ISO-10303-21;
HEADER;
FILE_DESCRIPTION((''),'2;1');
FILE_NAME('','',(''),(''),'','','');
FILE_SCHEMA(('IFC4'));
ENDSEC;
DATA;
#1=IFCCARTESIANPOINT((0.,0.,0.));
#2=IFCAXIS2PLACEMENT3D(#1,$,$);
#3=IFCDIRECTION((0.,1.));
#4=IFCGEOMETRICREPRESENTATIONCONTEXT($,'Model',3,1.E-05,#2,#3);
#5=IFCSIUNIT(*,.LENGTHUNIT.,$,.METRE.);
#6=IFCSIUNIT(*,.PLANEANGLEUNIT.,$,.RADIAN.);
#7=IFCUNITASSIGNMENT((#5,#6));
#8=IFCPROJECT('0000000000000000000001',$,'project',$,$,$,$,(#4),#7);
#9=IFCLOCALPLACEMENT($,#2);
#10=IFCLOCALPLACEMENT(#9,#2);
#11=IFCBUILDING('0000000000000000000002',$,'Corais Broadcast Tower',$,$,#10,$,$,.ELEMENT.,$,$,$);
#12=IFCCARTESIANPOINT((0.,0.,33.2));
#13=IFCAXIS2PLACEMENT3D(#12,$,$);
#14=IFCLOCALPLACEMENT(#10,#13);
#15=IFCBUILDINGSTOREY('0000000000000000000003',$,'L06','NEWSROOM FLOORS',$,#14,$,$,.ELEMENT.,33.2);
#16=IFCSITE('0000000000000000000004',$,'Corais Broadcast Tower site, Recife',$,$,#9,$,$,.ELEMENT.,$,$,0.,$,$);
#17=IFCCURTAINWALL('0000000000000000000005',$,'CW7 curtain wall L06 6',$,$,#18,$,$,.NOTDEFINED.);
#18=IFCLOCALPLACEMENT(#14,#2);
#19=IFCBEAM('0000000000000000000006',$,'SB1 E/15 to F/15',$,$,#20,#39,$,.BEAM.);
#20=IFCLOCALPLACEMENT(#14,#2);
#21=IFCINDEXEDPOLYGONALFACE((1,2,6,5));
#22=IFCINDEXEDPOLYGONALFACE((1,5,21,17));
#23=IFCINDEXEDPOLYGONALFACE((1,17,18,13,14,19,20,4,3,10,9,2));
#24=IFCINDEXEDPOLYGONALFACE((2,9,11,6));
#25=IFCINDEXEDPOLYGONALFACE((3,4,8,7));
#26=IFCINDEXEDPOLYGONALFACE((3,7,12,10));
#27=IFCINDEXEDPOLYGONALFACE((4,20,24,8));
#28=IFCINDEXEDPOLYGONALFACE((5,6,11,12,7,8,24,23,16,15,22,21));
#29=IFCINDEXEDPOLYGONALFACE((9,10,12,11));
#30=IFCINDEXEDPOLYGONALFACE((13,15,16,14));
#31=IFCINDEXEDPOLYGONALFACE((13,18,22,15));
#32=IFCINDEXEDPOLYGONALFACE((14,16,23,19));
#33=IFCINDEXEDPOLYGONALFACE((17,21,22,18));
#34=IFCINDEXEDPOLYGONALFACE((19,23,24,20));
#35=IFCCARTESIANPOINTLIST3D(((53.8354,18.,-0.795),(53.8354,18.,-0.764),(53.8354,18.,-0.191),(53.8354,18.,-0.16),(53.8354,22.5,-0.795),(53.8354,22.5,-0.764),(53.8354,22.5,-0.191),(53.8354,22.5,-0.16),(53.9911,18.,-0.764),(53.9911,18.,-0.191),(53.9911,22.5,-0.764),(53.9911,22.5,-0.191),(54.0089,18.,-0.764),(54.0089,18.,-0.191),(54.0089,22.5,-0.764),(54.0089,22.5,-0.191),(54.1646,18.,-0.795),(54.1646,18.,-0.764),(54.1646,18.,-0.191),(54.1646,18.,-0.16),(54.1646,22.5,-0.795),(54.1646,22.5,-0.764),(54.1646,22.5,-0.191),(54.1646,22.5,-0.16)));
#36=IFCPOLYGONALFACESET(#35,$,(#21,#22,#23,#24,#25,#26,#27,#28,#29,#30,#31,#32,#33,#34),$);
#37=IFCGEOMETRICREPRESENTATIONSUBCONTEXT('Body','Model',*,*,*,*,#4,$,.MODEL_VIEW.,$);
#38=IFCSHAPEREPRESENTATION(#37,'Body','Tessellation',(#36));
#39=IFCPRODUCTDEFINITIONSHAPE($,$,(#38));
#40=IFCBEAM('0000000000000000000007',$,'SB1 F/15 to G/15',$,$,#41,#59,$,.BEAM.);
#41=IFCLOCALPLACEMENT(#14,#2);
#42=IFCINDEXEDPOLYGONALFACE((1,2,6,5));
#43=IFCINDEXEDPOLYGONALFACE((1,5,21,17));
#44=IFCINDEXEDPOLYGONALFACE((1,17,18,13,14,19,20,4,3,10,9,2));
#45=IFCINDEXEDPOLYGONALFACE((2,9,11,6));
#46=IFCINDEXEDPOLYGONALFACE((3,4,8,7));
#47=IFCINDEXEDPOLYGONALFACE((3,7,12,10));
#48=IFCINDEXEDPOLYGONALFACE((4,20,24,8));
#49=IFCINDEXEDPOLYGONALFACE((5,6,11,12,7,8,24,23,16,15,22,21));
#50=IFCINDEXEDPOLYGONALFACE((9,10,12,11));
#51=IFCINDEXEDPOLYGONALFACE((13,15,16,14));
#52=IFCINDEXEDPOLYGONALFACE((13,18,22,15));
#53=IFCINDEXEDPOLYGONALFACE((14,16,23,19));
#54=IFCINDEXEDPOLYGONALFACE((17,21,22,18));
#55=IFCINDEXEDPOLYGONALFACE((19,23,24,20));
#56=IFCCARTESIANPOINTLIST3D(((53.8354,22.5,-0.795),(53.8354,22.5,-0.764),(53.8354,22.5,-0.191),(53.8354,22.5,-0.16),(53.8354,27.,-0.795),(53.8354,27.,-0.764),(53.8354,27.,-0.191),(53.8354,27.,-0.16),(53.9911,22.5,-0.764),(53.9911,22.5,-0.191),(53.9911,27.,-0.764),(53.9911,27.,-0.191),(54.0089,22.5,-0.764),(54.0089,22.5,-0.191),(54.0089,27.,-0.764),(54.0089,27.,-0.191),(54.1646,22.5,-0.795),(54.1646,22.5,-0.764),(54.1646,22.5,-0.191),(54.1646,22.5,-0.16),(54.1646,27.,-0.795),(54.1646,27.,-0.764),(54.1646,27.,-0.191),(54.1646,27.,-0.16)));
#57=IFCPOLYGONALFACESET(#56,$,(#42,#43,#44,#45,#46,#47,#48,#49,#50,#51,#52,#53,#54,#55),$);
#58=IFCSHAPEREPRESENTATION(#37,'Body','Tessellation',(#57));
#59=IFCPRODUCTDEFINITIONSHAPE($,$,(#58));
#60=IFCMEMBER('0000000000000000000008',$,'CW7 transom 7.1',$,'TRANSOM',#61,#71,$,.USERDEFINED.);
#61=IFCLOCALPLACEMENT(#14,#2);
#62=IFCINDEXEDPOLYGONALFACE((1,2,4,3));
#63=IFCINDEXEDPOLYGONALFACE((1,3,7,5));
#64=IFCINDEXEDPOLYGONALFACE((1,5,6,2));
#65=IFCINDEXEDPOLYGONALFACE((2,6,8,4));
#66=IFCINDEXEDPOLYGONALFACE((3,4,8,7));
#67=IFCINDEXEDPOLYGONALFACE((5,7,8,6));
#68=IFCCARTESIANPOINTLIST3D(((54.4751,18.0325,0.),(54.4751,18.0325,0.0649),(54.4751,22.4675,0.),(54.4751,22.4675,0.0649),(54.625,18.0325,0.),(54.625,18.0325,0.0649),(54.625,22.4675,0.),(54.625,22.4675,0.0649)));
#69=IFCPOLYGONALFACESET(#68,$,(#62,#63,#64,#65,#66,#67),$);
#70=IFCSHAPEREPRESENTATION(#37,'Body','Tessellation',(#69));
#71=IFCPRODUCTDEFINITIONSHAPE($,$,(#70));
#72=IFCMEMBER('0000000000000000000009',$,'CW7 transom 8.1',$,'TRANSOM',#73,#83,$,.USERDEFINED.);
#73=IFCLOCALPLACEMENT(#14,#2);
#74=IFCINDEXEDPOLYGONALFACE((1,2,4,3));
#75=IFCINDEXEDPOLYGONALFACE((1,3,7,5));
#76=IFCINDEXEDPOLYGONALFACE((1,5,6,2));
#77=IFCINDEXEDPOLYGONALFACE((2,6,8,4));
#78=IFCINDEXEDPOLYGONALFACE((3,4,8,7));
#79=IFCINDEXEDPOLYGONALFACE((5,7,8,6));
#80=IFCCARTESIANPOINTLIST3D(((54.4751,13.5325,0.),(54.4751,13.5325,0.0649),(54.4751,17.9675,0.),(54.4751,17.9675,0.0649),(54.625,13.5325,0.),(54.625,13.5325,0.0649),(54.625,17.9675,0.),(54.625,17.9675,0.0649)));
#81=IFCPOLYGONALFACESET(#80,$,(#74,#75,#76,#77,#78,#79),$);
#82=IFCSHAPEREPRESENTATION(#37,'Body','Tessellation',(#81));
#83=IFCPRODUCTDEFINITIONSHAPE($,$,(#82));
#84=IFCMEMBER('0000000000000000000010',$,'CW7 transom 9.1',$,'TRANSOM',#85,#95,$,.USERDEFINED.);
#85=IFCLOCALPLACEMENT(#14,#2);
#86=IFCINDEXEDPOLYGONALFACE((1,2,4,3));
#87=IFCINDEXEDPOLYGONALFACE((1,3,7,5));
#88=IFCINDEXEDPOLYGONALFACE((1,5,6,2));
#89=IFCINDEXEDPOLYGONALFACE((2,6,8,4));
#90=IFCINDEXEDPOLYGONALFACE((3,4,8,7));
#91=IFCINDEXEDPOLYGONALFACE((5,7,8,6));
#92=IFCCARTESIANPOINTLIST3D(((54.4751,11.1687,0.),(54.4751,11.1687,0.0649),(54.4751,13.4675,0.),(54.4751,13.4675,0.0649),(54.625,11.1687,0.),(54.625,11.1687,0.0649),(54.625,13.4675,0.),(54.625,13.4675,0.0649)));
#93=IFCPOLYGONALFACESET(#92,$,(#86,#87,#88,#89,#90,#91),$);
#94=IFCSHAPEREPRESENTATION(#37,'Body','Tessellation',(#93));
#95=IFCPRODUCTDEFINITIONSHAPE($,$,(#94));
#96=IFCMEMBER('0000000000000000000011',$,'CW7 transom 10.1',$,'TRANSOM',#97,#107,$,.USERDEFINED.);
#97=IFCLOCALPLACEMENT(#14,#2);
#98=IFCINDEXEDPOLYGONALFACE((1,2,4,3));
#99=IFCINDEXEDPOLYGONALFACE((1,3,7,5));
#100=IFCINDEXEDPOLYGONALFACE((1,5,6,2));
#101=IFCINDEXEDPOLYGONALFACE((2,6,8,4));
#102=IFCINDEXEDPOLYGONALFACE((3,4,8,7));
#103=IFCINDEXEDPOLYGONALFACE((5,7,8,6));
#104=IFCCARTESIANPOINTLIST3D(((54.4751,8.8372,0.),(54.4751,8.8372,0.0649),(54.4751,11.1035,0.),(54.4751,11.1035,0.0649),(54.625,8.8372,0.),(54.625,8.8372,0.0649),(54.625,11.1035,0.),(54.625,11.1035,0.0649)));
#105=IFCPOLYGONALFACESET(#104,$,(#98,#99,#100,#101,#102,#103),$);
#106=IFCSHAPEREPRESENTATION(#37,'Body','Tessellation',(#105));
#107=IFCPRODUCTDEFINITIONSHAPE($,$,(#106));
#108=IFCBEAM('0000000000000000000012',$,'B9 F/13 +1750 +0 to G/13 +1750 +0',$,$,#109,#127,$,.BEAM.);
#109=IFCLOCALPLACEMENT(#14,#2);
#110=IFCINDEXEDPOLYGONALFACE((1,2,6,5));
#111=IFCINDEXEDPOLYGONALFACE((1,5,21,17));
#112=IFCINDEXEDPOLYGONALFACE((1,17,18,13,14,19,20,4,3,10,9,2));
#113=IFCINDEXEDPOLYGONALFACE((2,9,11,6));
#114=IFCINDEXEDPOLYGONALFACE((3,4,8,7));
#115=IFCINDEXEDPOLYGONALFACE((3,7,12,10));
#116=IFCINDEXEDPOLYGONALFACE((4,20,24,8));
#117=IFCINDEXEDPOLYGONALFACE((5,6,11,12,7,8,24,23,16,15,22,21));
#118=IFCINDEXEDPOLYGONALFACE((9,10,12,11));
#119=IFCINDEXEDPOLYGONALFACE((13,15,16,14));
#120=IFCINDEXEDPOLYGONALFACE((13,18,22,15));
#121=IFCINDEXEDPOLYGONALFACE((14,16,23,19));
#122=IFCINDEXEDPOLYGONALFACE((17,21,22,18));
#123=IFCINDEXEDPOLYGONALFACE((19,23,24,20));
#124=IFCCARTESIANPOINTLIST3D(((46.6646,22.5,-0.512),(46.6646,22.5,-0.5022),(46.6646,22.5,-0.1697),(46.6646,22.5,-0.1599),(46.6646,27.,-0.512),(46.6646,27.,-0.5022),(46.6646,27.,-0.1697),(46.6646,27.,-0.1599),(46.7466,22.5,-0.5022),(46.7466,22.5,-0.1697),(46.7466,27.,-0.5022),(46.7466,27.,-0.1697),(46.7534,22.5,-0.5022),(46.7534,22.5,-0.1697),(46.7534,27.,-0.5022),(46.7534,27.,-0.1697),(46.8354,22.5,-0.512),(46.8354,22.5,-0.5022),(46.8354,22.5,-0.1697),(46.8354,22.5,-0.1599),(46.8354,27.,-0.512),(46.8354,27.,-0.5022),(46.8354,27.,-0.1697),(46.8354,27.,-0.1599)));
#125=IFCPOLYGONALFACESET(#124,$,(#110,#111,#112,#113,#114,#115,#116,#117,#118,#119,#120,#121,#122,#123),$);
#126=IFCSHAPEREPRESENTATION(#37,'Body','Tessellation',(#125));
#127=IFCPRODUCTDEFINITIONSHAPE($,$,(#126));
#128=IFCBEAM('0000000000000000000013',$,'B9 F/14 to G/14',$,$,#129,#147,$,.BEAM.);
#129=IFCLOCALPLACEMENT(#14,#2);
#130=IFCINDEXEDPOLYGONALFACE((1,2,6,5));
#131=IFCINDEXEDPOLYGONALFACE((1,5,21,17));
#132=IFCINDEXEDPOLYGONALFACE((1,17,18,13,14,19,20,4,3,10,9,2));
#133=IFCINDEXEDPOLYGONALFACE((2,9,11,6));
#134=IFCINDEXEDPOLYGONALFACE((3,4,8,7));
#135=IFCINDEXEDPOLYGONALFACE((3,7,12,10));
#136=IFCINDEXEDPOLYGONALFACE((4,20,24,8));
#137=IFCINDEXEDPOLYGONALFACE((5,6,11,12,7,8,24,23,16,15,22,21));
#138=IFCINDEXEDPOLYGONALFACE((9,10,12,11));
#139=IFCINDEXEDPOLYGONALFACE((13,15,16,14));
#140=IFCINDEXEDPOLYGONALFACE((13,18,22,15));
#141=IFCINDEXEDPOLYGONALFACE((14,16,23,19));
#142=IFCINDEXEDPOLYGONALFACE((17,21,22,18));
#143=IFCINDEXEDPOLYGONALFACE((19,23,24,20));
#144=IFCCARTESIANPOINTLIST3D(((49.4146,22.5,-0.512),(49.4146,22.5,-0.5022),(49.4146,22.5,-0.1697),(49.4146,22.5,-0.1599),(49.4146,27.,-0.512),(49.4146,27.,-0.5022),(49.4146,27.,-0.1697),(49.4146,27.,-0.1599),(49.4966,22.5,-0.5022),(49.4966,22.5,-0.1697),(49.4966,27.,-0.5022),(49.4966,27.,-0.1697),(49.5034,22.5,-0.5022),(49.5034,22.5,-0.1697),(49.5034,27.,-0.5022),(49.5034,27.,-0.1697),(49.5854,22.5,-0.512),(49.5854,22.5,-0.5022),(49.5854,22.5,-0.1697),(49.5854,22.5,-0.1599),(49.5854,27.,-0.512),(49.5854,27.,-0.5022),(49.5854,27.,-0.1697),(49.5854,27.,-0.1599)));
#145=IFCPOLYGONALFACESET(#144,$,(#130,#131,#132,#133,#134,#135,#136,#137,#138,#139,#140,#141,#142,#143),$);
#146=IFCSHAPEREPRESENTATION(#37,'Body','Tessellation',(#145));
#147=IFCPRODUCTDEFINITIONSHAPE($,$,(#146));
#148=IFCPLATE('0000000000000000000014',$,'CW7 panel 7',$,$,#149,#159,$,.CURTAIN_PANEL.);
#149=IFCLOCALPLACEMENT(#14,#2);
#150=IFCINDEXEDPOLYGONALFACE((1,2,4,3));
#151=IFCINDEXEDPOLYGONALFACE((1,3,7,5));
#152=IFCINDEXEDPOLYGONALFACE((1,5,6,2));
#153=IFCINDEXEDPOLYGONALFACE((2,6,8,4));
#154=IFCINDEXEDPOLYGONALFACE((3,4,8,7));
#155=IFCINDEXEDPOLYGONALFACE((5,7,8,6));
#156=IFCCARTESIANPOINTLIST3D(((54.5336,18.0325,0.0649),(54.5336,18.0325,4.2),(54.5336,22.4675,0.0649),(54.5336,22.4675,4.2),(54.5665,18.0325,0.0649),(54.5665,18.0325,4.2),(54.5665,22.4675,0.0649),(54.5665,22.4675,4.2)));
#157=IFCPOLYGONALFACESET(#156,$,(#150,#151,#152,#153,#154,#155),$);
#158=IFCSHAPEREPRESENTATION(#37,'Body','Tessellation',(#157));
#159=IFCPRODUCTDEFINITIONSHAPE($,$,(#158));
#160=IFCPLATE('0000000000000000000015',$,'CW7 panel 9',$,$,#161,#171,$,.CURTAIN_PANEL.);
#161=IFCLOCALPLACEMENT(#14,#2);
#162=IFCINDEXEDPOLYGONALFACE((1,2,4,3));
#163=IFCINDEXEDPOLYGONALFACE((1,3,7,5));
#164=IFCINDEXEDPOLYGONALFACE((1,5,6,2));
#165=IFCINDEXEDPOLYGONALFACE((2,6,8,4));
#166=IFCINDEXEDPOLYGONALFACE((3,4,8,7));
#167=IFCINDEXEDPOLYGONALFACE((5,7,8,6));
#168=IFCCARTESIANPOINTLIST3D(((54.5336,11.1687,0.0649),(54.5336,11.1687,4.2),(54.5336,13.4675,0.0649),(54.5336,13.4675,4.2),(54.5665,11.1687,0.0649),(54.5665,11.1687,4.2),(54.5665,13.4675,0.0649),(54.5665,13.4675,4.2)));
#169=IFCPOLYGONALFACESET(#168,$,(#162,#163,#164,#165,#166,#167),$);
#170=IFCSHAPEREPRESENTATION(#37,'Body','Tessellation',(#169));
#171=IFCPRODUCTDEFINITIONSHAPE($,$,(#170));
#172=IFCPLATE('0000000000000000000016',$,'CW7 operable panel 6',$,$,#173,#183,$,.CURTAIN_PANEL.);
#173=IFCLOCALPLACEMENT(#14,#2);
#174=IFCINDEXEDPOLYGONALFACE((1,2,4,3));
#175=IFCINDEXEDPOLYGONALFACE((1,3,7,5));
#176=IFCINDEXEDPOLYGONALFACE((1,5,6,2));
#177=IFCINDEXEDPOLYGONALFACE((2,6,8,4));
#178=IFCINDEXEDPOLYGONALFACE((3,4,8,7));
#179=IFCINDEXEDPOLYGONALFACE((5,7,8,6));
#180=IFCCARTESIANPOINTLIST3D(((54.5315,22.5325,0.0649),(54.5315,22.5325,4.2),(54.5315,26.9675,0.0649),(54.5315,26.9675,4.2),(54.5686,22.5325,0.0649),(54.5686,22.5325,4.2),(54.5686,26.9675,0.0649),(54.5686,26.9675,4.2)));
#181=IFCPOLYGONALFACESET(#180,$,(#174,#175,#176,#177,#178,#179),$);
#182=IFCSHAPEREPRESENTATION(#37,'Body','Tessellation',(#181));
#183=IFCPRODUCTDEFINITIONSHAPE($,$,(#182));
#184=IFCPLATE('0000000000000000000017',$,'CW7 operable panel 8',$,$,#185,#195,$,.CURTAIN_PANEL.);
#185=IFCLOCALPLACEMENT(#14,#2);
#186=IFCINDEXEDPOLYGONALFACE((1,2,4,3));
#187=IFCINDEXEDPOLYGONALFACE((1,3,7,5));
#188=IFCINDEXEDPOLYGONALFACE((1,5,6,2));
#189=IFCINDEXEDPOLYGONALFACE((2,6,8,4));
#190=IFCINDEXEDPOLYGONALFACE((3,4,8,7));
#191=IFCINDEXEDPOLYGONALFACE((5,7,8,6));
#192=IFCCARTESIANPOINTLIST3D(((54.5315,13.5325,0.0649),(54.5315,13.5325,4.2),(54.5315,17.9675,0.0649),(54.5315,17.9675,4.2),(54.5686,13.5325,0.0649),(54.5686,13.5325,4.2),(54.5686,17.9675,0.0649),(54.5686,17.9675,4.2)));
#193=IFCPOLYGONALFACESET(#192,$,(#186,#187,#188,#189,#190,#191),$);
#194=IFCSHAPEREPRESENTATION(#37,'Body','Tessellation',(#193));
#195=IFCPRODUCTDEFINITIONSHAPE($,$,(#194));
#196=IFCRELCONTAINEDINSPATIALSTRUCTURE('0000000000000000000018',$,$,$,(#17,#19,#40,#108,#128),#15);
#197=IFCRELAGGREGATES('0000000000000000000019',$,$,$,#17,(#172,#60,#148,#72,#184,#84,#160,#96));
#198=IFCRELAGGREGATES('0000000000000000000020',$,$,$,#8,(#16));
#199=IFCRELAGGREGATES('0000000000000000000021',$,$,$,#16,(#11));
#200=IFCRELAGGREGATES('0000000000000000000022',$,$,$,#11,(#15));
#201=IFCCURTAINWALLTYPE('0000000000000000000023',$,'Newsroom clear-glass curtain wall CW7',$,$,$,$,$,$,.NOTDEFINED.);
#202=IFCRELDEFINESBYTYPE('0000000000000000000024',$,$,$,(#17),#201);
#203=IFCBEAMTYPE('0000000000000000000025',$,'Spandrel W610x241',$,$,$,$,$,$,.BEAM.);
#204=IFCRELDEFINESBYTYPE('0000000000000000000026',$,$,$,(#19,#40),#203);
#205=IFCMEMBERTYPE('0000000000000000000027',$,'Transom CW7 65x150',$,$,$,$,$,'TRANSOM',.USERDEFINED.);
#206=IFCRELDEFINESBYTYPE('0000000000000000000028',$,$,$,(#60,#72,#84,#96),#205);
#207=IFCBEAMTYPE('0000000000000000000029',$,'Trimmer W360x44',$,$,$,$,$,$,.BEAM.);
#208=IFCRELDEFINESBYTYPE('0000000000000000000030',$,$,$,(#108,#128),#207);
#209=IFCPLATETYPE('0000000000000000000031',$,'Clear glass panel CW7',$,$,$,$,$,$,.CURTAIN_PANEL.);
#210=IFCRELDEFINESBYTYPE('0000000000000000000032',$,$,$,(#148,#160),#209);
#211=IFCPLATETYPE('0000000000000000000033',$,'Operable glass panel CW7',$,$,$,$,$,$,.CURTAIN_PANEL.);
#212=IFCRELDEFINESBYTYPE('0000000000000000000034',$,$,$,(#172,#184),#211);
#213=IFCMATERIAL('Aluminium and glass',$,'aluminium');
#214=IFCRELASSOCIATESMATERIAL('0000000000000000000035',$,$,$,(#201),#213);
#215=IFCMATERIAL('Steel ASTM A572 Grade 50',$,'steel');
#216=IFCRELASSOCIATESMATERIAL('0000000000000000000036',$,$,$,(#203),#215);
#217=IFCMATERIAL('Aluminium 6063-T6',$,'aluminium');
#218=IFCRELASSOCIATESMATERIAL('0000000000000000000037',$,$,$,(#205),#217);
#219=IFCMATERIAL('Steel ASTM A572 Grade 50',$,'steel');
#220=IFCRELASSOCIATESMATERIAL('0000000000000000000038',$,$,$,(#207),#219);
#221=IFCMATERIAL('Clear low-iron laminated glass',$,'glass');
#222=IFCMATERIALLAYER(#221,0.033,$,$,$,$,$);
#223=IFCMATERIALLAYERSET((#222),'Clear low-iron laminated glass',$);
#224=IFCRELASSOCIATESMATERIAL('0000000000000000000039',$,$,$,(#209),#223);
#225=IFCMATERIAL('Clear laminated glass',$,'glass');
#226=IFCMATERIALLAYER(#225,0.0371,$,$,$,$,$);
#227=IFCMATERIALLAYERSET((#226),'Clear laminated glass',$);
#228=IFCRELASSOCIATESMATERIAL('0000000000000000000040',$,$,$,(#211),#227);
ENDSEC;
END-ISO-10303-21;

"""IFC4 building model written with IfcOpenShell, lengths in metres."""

from ifc_helpers import new_model, si_unit, direction, frame, origin, origin_2d, place, context, subcontext, project, spatial, rectangle, i_section, extrude, material, layer, layer_set, material_profile, profile_set, type_object, element, aggregate, save


model = new_model("IFC4")

# Units and contexts
model_context = context("Model", 3, precision=1e-05, world=origin(), true_north=direction((0.0, 1.0)))
body_context = subcontext(model_context, "Body", "Model", "MODEL_VIEW")
ifc_project = project(units=[si_unit("LENGTHUNIT", "METRE"), si_unit("PLANEANGLEUNIT", "RADIAN")], contexts=[model_context])

# Site, building, storey
site_placement = place(None, origin())
site = spatial("IfcSite", under=ifc_project, at=site_placement, Name="Corais Broadcast Tower site, Recife", CompositionType="ELEMENT", RefElevation=0.0)
building_placement = place(site_placement, origin())
building = spatial("IfcBuilding", under=site, at=building_placement, Name="Corais Broadcast Tower", CompositionType="ELEMENT")
storey_placement = place(building_placement, frame((0.0, 0.0, 33.2)))
storey = spatial("IfcBuildingStorey", under=building, at=storey_placement, Name="L06", Description="NEWSROOM FLOORS", CompositionType="ELEMENT", Elevation=33.2)

# Curtain wall
ifc_material_1 = material(Name="Aluminium and glass", Category="aluminium")
curtain_wall_type = type_object("IfcCurtainWallType", Name="Newsroom clear-glass curtain wall CW7", PredefinedType="NOTDEFINED", material=ifc_material_1)
curtain_wall_placement = place(storey_placement, origin())
curtain_wall = element("IfcCurtainWall", 1, at=curtain_wall_placement, inside=storey, type_object=curtain_wall_type, Name="CW7 curtain wall L06 6", PredefinedType="NOTDEFINED")

# Beams
ifc_material_2 = material(Name="Steel ASTM A572 Grade 50", Category="steel")
ifc_material_profile_1 = material_profile(ifc_material_2, i_section(OverallWidth=0.3291, OverallDepth=0.635, WebThickness=0.0178, FlangeThickness=0.031, at=origin_2d()), Name="W610x241")
ifc_profile_set_1 = profile_set([ifc_material_profile_1], Name="Steel ASTM A572 Grade 50")
beam_type_1 = type_object("IfcBeamType", Name="Spandrel W610x241", PredefinedType="BEAM", material=ifc_profile_set_1)
for number, where, z_axis, x_axis, name in (
    (2, (54.0, 18.0, -0.4775), (0.0, 1.0, 0.0), (-1.0, 0.0, 0.0), "SB1 E/15 to F/15"),
    (3, (54.0, 22.5, -0.4775), (0.0, 1.0, 0.0), (-1.0, 0.0, 0.0), "SB1 F/15 to G/15"),
):
    element("IfcBeam", number, at=place(storey_placement, frame(where, z_axis=z_axis, x_axis=x_axis)), inside=storey, type_object=beam_type_1, Name=name, PredefinedType="BEAM", context=body_context, shape_type="SweptSolid", body=[
        extrude(i_section(OverallWidth=0.3291, OverallDepth=0.635, WebThickness=0.0178, FlangeThickness=0.031, at=origin_2d()), origin(), (0.0, 0.0, 1.0), 4.5),
    ])

# Members
ifc_material_3 = material(Name="Aluminium 6063-T6", Category="aluminium")
ifc_material_profile_2 = material_profile(ifc_material_3, rectangle(XDim=0.1499, YDim=0.0649, at=origin_2d()), Name="Transom CW7 65x150")
ifc_profile_set_2 = profile_set([ifc_material_profile_2], Name="Aluminium 6063-T6")
member_type_1 = type_object("IfcMemberType", Name="Transom CW7 65x150", ElementType="TRANSOM", PredefinedType="USERDEFINED", material=ifc_profile_set_2)
member_1_placement = place(storey_placement, frame((54.55, 22.4675, 0.0325), z_axis=(0.0, -1.0, 0.0), x_axis=(1.0, 0.0, 0.0)))
member_1 = element("IfcMember", 4, at=member_1_placement, type_object=member_type_1, Name="CW7 transom 7.1", ObjectType="TRANSOM", PredefinedType="USERDEFINED", context=body_context, shape_type="SweptSolid", body=[
    extrude(rectangle(XDim=0.1499, YDim=0.0649, at=origin_2d()), origin(), (0.0, 0.0, 1.0), 4.4351),
])
member_2_placement = place(storey_placement, frame((54.55, 17.9675, 0.0325), z_axis=(0.0, -1.0, 0.0), x_axis=(1.0, 0.0, 0.0)))
member_2 = element("IfcMember", 5, at=member_2_placement, type_object=member_type_1, Name="CW7 transom 8.1", ObjectType="TRANSOM", PredefinedType="USERDEFINED", context=body_context, shape_type="SweptSolid", body=[
    extrude(rectangle(XDim=0.1499, YDim=0.0649, at=origin_2d()), origin(), (0.0, 0.0, 1.0), 4.4351),
])
member_3_placement = place(storey_placement, frame((54.55, 13.4675, 0.0325), z_axis=(0.0, -1.0, 0.0), x_axis=(1.0, 0.0, 0.0)))
member_3 = element("IfcMember", 6, at=member_3_placement, type_object=member_type_1, Name="CW7 transom 9.1", ObjectType="TRANSOM", PredefinedType="USERDEFINED", context=body_context, shape_type="SweptSolid", body=[
    extrude(rectangle(XDim=0.1499, YDim=0.0649, at=origin_2d()), origin(), (0.0, 0.0, 1.0), 2.2988),
])
member_4_placement = place(storey_placement, frame((54.55, 11.1035, 0.0325), z_axis=(0.0, -1.0, 0.0), x_axis=(1.0, 0.0, 0.0)))
member_4 = element("IfcMember", 7, at=member_4_placement, type_object=member_type_1, Name="CW7 transom 10.1", ObjectType="TRANSOM", PredefinedType="USERDEFINED", context=body_context, shape_type="SweptSolid", body=[
    extrude(rectangle(XDim=0.1499, YDim=0.0649, at=origin_2d()), origin(), (0.0, 0.0, 1.0), 2.2664),
])

# Beams
ifc_material_4 = material(Name="Steel ASTM A572 Grade 50", Category="steel")
ifc_material_profile_3 = material_profile(ifc_material_4, i_section(OverallWidth=0.1709, OverallDepth=0.3521, WebThickness=0.0068, FlangeThickness=0.0098, at=origin_2d()), Name="W360x44")
ifc_profile_set_3 = profile_set([ifc_material_profile_3], Name="Steel ASTM A572 Grade 50")
beam_type_2 = type_object("IfcBeamType", Name="Trimmer W360x44", PredefinedType="BEAM", material=ifc_profile_set_3)
for number, where, z_axis, x_axis, name in (
    (8, (46.75, 22.5, -0.3359), (0.0, 1.0, 0.0), (-1.0, 0.0, 0.0), "B9 F/13 +1750 +0 to G/13 +1750 +0"),
    (9, (49.5, 22.5, -0.3359), (0.0, 1.0, 0.0), (-1.0, 0.0, 0.0), "B9 F/14 to G/14"),
):
    element("IfcBeam", number, at=place(storey_placement, frame(where, z_axis=z_axis, x_axis=x_axis)), inside=storey, type_object=beam_type_2, Name=name, PredefinedType="BEAM", context=body_context, shape_type="SweptSolid", body=[
        extrude(i_section(OverallWidth=0.1709, OverallDepth=0.3521, WebThickness=0.0068, FlangeThickness=0.0098, at=origin_2d()), origin(), (0.0, 0.0, 1.0), 4.5),
    ])

# Plates
ifc_material_5 = material(Name="Clear low-iron laminated glass", Category="glass")
ifc_layer_1 = layer(ifc_material_5, 0.033)
ifc_layer_set_1 = layer_set([ifc_layer_1], Name="Clear low-iron laminated glass")
plate_type_1 = type_object("IfcPlateType", Name="Clear glass panel CW7", PredefinedType="CURTAIN_PANEL", material=ifc_layer_set_1)
plate_1_placement = place(storey_placement, frame((54.55, 20.25, 0.0649), z_axis=(0.0, 0.0, 1.0), x_axis=(0.0, -1.0, 0.0)))
plate_1 = element("IfcPlate", 10, at=plate_1_placement, type_object=plate_type_1, Name="CW7 panel 7", PredefinedType="CURTAIN_PANEL", context=body_context, shape_type="SweptSolid", body=[
    extrude(rectangle(XDim=4.4351, YDim=0.033, at=origin_2d()), origin(), (0.0, 0.0, 1.0), 4.135),
])
plate_2_placement = place(storey_placement, frame((54.55, 12.3181, 0.0649), z_axis=(0.0, 0.0, 1.0), x_axis=(0.0, -1.0, 0.0)))
plate_2 = element("IfcPlate", 11, at=plate_2_placement, type_object=plate_type_1, Name="CW7 panel 9", PredefinedType="CURTAIN_PANEL", context=body_context, shape_type="SweptSolid", body=[
    extrude(rectangle(XDim=2.2988, YDim=0.033, at=origin_2d()), origin(), (0.0, 0.0, 1.0), 4.135),
])
ifc_material_6 = material(Name="Clear laminated glass", Category="glass")
ifc_layer_2 = layer(ifc_material_6, 0.0371)
ifc_layer_set_2 = layer_set([ifc_layer_2], Name="Clear laminated glass")
plate_type_2 = type_object("IfcPlateType", Name="Operable glass panel CW7", PredefinedType="CURTAIN_PANEL", material=ifc_layer_set_2)
plate_3_placement = place(storey_placement, frame((54.55, 24.75, 0.0649), z_axis=(0.0, 0.0, 1.0), x_axis=(0.0, -1.0, 0.0)))
plate_3 = element("IfcPlate", 12, at=plate_3_placement, type_object=plate_type_2, Name="CW7 operable panel 6", PredefinedType="CURTAIN_PANEL", context=body_context, shape_type="SweptSolid", body=[
    extrude(rectangle(XDim=4.4351, YDim=0.0371, at=origin_2d()), origin(), (0.0, 0.0, 1.0), 4.135),
])
plate_4_placement = place(storey_placement, frame((54.55, 15.75, 0.0649), z_axis=(0.0, 0.0, 1.0), x_axis=(0.0, -1.0, 0.0)))
plate_4 = element("IfcPlate", 13, at=plate_4_placement, type_object=plate_type_2, Name="CW7 operable panel 8", PredefinedType="CURTAIN_PANEL", context=body_context, shape_type="SweptSolid", body=[
    extrude(rectangle(XDim=4.4351, YDim=0.0371, at=origin_2d()), origin(), (0.0, 0.0, 1.0), 4.135),
])
aggregate(curtain_wall, [plate_3, member_1, plate_1, member_2, plate_4, member_3, plate_2, member_4])

save(model, "model.ifc")
